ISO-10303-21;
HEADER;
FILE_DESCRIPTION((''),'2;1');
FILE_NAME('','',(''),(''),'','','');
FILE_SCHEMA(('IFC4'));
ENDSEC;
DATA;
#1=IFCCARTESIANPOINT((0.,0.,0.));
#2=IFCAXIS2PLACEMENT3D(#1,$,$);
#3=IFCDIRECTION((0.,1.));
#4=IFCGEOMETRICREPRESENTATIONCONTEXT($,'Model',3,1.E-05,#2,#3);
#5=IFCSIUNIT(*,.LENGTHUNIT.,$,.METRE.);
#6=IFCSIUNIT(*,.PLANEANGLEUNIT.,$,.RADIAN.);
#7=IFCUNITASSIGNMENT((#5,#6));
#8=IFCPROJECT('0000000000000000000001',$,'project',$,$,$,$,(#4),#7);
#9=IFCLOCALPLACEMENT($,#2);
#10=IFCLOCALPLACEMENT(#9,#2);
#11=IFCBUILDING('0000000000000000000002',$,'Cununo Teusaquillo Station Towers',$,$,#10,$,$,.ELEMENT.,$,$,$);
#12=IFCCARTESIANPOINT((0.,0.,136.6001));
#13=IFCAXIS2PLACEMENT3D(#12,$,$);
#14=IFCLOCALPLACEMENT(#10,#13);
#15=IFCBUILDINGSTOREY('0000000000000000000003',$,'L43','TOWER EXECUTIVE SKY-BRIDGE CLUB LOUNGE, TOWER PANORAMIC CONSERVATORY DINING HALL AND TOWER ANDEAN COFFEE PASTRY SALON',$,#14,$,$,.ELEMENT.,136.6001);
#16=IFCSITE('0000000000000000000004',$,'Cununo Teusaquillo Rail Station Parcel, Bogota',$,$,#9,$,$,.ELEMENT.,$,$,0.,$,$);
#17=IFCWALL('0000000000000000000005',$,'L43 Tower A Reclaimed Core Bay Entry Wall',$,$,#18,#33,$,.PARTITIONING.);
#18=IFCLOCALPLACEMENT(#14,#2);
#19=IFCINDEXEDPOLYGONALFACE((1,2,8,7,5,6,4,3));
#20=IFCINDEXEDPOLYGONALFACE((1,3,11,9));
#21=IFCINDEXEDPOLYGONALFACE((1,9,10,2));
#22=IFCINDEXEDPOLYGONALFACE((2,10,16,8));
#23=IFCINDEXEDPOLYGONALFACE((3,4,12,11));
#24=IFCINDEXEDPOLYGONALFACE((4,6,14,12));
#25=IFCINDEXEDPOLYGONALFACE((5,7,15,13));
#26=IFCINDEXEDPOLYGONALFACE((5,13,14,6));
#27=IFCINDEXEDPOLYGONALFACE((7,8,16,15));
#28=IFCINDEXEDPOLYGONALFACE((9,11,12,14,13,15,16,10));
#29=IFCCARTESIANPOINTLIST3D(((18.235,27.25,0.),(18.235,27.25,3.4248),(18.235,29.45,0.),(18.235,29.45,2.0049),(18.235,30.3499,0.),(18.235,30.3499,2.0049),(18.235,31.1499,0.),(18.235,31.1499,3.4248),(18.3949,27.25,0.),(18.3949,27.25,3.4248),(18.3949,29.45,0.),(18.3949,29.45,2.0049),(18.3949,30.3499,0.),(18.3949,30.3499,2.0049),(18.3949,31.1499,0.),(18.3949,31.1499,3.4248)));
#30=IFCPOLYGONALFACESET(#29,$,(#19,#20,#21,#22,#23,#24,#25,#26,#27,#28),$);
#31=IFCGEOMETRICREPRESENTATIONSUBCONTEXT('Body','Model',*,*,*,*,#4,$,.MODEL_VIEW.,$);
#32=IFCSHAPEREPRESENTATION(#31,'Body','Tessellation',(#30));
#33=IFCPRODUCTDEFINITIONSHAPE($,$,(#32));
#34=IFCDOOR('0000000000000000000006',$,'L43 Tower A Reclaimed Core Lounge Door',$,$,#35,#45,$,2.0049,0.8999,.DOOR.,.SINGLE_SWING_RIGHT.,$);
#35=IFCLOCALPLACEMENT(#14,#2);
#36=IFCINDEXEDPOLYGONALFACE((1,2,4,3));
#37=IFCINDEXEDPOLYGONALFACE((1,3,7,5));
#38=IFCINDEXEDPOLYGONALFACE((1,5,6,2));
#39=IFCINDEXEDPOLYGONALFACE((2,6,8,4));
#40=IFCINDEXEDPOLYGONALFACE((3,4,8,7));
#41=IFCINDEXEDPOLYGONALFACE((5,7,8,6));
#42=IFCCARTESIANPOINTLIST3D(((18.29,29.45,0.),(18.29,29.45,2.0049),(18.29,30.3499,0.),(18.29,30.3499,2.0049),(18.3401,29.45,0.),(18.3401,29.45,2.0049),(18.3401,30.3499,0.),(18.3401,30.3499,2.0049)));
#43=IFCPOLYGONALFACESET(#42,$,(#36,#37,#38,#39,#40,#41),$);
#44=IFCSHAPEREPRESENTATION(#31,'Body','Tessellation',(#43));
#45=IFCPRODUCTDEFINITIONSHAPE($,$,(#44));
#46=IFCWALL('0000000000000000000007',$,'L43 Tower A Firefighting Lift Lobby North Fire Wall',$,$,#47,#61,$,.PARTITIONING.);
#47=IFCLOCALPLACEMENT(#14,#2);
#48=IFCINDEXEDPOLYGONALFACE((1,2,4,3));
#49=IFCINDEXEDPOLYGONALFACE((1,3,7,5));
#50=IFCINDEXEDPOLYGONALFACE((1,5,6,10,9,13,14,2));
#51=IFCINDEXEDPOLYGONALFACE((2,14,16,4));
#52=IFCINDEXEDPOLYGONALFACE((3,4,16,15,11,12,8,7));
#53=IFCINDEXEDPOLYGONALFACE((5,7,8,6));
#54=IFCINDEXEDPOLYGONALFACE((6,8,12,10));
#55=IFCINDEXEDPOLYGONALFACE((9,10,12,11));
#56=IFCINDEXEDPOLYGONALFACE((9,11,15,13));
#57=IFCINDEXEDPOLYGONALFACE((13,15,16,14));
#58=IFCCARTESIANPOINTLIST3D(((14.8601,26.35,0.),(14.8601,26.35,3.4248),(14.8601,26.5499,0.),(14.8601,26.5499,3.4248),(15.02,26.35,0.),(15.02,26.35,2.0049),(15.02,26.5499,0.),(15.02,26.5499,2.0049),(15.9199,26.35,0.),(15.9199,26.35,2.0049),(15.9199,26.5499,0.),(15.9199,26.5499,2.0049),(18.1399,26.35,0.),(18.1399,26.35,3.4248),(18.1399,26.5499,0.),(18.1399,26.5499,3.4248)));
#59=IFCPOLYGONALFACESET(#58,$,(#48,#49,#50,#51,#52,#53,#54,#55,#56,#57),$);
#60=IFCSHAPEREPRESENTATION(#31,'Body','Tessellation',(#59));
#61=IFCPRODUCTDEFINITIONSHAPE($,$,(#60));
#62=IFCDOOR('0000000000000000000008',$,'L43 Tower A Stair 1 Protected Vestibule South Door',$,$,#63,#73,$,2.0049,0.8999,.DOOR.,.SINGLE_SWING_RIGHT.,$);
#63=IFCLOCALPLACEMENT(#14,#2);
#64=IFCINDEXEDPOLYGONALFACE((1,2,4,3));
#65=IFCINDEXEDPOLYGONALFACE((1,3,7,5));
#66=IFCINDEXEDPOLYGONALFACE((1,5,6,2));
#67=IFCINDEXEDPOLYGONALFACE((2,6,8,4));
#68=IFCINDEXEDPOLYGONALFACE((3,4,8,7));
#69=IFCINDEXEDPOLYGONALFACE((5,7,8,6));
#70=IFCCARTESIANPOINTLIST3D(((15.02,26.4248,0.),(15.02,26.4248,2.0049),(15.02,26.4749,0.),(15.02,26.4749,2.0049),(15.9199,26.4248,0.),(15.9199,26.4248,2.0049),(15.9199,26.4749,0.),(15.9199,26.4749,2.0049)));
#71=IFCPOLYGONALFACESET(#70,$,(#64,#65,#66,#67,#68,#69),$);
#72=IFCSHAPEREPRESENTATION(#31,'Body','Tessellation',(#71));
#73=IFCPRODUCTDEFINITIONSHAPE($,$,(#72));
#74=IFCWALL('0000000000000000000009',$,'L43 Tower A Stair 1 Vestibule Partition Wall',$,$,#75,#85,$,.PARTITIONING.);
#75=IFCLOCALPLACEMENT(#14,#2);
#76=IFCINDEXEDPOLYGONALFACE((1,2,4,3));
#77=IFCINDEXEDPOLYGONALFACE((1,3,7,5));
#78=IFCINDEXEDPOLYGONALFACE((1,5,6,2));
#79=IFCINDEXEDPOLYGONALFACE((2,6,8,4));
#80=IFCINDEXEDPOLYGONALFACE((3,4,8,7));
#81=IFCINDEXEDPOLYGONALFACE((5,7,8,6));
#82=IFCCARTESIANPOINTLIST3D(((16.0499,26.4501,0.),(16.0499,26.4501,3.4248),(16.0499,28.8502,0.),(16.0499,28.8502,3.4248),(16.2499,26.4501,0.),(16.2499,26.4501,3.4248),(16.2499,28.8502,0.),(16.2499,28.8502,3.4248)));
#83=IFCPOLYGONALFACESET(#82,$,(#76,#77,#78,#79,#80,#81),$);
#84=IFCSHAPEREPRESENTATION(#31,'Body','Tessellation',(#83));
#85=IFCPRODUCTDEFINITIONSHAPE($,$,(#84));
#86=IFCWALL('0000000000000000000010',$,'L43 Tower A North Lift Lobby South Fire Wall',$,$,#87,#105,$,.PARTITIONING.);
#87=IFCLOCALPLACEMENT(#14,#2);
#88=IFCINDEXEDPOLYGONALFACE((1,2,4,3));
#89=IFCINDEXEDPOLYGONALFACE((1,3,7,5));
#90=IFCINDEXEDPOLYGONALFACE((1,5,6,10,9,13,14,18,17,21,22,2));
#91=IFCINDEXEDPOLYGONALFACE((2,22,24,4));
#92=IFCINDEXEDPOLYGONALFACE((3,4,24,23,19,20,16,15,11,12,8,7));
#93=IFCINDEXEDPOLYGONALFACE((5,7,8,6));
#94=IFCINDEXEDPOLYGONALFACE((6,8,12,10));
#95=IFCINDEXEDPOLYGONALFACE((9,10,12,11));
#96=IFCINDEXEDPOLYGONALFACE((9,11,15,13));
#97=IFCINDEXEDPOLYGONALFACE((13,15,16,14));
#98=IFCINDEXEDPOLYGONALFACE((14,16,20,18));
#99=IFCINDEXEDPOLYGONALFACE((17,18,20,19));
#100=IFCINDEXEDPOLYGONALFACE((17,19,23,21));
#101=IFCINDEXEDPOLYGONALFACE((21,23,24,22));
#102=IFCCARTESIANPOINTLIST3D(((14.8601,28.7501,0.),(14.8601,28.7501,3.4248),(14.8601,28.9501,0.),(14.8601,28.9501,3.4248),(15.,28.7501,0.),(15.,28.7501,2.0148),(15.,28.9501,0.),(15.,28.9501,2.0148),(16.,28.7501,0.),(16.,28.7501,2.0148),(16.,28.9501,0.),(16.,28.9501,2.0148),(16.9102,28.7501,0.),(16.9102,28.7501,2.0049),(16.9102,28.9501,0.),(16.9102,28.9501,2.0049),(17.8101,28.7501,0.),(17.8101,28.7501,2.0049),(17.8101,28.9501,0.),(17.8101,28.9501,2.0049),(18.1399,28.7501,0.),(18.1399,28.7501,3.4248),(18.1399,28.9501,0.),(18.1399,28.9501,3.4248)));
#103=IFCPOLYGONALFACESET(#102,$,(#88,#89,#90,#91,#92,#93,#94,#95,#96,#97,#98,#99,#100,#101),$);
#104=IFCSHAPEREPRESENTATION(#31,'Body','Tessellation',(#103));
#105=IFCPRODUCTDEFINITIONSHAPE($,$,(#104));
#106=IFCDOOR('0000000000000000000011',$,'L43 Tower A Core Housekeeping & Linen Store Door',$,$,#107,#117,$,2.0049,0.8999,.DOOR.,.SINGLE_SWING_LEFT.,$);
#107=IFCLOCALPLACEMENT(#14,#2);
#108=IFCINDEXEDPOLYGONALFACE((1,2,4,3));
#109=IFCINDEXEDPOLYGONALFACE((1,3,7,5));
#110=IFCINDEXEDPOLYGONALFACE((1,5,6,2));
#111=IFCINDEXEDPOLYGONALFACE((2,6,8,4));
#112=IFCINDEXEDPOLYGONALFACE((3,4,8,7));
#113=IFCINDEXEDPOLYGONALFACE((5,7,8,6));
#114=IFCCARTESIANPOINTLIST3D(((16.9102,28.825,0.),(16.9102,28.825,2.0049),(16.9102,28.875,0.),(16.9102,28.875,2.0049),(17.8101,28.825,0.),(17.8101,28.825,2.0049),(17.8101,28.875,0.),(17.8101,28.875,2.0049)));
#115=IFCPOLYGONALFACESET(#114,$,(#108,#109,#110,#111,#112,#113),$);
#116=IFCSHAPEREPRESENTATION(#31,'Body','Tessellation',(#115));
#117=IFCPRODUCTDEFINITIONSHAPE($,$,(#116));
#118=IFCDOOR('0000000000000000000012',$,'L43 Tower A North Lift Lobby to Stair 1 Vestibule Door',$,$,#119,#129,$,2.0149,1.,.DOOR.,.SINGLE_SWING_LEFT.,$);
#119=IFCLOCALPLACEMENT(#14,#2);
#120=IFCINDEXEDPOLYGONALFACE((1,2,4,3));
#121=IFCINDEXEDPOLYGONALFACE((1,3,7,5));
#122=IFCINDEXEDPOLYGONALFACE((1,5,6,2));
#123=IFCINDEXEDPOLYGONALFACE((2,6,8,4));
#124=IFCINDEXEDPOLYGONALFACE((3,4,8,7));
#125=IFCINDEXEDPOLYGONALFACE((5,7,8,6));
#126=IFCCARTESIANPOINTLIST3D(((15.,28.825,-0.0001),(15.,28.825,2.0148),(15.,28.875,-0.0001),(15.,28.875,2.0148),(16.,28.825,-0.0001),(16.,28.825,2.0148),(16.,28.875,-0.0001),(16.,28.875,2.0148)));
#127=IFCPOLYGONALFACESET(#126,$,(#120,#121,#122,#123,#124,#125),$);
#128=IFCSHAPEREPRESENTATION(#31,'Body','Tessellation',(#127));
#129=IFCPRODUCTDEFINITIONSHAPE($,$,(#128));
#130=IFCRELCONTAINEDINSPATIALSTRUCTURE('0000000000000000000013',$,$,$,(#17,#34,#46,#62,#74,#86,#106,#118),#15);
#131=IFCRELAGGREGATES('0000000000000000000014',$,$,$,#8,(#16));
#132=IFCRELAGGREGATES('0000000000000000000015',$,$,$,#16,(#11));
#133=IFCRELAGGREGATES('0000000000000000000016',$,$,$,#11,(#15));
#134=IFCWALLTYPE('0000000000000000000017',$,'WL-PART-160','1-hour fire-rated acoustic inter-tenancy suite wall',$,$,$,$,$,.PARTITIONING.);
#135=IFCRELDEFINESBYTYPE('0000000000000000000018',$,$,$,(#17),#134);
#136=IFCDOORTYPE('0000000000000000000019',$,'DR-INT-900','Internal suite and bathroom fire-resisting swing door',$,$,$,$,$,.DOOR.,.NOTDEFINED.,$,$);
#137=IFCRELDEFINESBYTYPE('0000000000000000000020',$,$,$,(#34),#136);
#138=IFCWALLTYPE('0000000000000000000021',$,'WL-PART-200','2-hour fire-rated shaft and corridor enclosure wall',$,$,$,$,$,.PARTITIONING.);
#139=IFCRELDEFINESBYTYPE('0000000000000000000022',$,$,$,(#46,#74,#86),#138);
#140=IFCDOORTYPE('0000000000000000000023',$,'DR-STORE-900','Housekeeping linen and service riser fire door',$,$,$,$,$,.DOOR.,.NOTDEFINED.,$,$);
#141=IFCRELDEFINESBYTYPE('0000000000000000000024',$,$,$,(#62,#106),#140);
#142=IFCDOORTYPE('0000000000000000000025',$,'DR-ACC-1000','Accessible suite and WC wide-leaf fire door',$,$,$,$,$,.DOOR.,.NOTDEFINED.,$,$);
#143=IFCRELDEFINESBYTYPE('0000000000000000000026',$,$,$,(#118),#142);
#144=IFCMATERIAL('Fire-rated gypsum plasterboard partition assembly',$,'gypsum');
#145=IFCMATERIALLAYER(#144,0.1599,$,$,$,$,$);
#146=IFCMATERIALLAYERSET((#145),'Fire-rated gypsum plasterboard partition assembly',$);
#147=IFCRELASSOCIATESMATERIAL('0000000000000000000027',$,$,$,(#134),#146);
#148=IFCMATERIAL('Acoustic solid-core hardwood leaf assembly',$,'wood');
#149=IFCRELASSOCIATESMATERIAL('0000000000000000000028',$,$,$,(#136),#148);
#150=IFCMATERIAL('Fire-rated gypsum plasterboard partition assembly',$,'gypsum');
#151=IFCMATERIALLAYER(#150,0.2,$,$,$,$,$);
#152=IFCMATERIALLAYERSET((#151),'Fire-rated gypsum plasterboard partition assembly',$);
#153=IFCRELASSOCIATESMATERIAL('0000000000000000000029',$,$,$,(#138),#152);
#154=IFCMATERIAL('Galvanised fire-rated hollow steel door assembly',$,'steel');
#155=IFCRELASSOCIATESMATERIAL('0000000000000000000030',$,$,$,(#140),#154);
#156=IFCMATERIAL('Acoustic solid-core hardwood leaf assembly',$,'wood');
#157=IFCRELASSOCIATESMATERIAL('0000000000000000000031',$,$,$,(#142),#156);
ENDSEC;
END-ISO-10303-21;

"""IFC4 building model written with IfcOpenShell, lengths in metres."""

from ifc_helpers import new_model, si_unit, direction, frame, frame_2d, origin, place, context, subcontext, project, spatial, rectangle, extrude, source, transform, mapped, material, layer, layer_set, type_object, element, fill, save


model = new_model("IFC4")

# Units and contexts
model_context = context("Model", 3, precision=1e-05, world=origin(), true_north=direction((0.0, 1.0)))
body_context = subcontext(model_context, "Body", "Model", "MODEL_VIEW")
ifc_project = project(units=[si_unit("LENGTHUNIT", "METRE"), si_unit("PLANEANGLEUNIT", "RADIAN")], contexts=[model_context])

# Site, building, storey
site_placement = place(None, origin())
site = spatial("IfcSite", under=ifc_project, at=site_placement, Name="Cununo Teusaquillo Rail Station Parcel, Bogota", CompositionType="ELEMENT", RefElevation=0.0)
building_placement = place(site_placement, origin())
building = spatial("IfcBuilding", under=site, at=building_placement, Name="Cununo Teusaquillo Station Towers", CompositionType="ELEMENT")
storey_placement = place(building_placement, frame((0.0, 0.0, 136.6001)))
storey = spatial("IfcBuildingStorey", under=building, at=storey_placement, Name="L43", Description="TOWER EXECUTIVE SKY-BRIDGE CLUB LOUNGE, TOWER PANORAMIC CONSERVATORY DINING HALL AND TOWER ANDEAN COFFEE PASTRY SALON", CompositionType="ELEMENT", Elevation=136.6001)

# Walls, openings, doors
ifc_material_1 = material(Name="Fire-rated gypsum plasterboard partition assembly", Category="gypsum")
ifc_layer_1 = layer(ifc_material_1, 0.1599)
ifc_layer_set_1 = layer_set([ifc_layer_1], Name="Fire-rated gypsum plasterboard partition assembly")
wall_type_1 = type_object("IfcWallType", Name="WL-PART-160", Description="1-hour fire-rated acoustic inter-tenancy suite wall", PredefinedType="PARTITIONING", material=ifc_layer_set_1)
wall_1_placement = place(storey_placement, frame((18.3149, 27.25, 0.0), z_axis=(0.0, 0.0, 1.0), x_axis=(0.0, 1.0, 0.0)))
wall_1 = element("IfcWall", 1, at=wall_1_placement, inside=storey, type_object=wall_type_1, Name="L43 Tower A Reclaimed Core Bay Entry Wall", PredefinedType="PARTITIONING", context=body_context, shape_type="SweptSolid", body=[
    extrude(rectangle(XDim=3.8999, YDim=0.1599, at=frame_2d((1.95, 0.0))), origin(), (0.0, 0.0, 1.0), 3.4248),
])
shared_shape_1 = source(origin(), body_context, "Body", "SweptSolid", [
    extrude(rectangle(XDim=0.8999, YDim=2.0049, at=frame_2d((0.45, 1.0024))), frame((0.0, 0.0898, 0.0), z_axis=(0.0, -1.0, 0.0), x_axis=(1.0, 0.0, 0.0)), (0.0, 0.0, 1.0), 0.1799),
])
opening_1_placement = place(wall_1_placement, frame((2.2, 0.0, 0.0)))
opening_1 = element("IfcOpeningElement", 2, at=opening_1_placement, cuts=wall_1, PredefinedType="OPENING", context=body_context, shape_type="MappedRepresentation", body=[
    mapped(shared_shape_1, transform((0.0, 0.0, 0.0), x_axis=(1.0, 0.0, 0.0), y_axis=(0.0, 1.0, 0.0), z_axis=(0.0, 0.0, 1.0), scale=1.0)),
])
ifc_material_2 = material(Name="Acoustic solid-core hardwood leaf assembly", Category="wood")
door_type_1 = type_object("IfcDoorType", Name="DR-INT-900", Description="Internal suite and bathroom fire-resisting swing door", OperationType="NOTDEFINED", PredefinedType="DOOR", material=ifc_material_2)
shared_shape_2 = source(origin(), body_context, "Body", "SweptSolid", [
    extrude(rectangle(XDim=0.8999, YDim=2.0049, at=frame_2d((0.45, 1.0024))), frame((0.0, 0.0249, 0.0), z_axis=(0.0, -1.0, 0.0), x_axis=(1.0, 0.0, 0.0)), (0.0, 0.0, 1.0), 0.05),
])
door_1_placement = place(opening_1_placement, origin())
door_1 = element("IfcDoor", 3, at=door_1_placement, inside=storey, type_object=door_type_1, Name="L43 Tower A Reclaimed Core Lounge Door", OperationType="SINGLE_SWING_RIGHT", OverallHeight=2.0049, OverallWidth=0.8999, PredefinedType="DOOR", context=body_context, shape_type="MappedRepresentation", body=[
    mapped(shared_shape_2, transform((0.0, 0.0, 0.0), x_axis=(1.0, 0.0, 0.0), y_axis=(0.0, 1.0, 0.0), z_axis=(0.0, 0.0, 1.0), scale=1.0)),
])
fill(opening_1, door_1)
ifc_material_3 = material(Name="Fire-rated gypsum plasterboard partition assembly", Category="gypsum")
ifc_layer_2 = layer(ifc_material_3, 0.2)
ifc_layer_set_2 = layer_set([ifc_layer_2], Name="Fire-rated gypsum plasterboard partition assembly")
wall_type_2 = type_object("IfcWallType", Name="WL-PART-200", Description="2-hour fire-rated shaft and corridor enclosure wall", PredefinedType="PARTITIONING", material=ifc_layer_set_2)
wall_2_placement = place(storey_placement, frame((14.8601, 26.45, 0.0), z_axis=(0.0, 0.0, 1.0), x_axis=(1.0, 0.0, 0.0)))
wall_2 = element("IfcWall", 4, at=wall_2_placement, inside=storey, type_object=wall_type_2, Name="L43 Tower A Firefighting Lift Lobby North Fire Wall", PredefinedType="PARTITIONING", context=body_context, shape_type="SweptSolid", body=[
    extrude(rectangle(XDim=3.2798, YDim=0.2, at=frame_2d((1.6399, 0.0))), origin(), (0.0, 0.0, 1.0), 3.4248),
])
shared_shape_3 = source(origin(), body_context, "Body", "SweptSolid", [
    extrude(rectangle(XDim=0.8999, YDim=2.0049, at=frame_2d((0.45, 1.0024))), frame((0.0, 0.1099, 0.0), z_axis=(0.0, -1.0, 0.0), x_axis=(1.0, 0.0, 0.0)), (0.0, 0.0, 1.0), 0.22),
])
opening_2_placement = place(wall_2_placement, frame((0.1599, 0.0, 0.0)))
opening_2 = element("IfcOpeningElement", 5, at=opening_2_placement, cuts=wall_2, PredefinedType="OPENING", context=body_context, shape_type="MappedRepresentation", body=[
    mapped(shared_shape_3, transform((0.0, 0.0, 0.0), x_axis=(1.0, 0.0, 0.0), y_axis=(0.0, 1.0, 0.0), z_axis=(0.0, 0.0, 1.0), scale=1.0)),
])
ifc_material_4 = material(Name="Galvanised fire-rated hollow steel door assembly", Category="steel")
door_type_2 = type_object("IfcDoorType", Name="DR-STORE-900", Description="Housekeeping linen and service riser fire door", OperationType="NOTDEFINED", PredefinedType="DOOR", material=ifc_material_4)
door_2_placement = place(opening_2_placement, origin())
door_2 = element("IfcDoor", 6, at=door_2_placement, inside=storey, type_object=door_type_2, Name="L43 Tower A Stair 1 Protected Vestibule South Door", OperationType="SINGLE_SWING_RIGHT", OverallHeight=2.0049, OverallWidth=0.8999, PredefinedType="DOOR", context=body_context, shape_type="MappedRepresentation", body=[
    mapped(shared_shape_2, transform((0.0, 0.0, 0.0), x_axis=(1.0, 0.0, 0.0), y_axis=(0.0, 1.0, 0.0), z_axis=(0.0, 0.0, 1.0), scale=1.0)),
])
fill(opening_2, door_2)

# Wall
wall_3_placement = place(storey_placement, frame((16.1499, 26.45, 0.0), z_axis=(0.0, 0.0, 1.0), x_axis=(0.0, 1.0, 0.0)))
element("IfcWall", 7, at=wall_3_placement, inside=storey, type_object=wall_type_2, Name="L43 Tower A Stair 1 Vestibule Partition Wall", PredefinedType="PARTITIONING", context=body_context, shape_type="SweptSolid", body=[
    extrude(rectangle(XDim=2.4001, YDim=0.2, at=frame_2d((1.2002, 0.0))), origin(), (0.0, 0.0, 1.0), 3.4248),
])

# Wall, openings, doors
wall_4_placement = place(storey_placement, frame((14.8601, 28.8501, 0.0), z_axis=(0.0, 0.0, 1.0), x_axis=(1.0, 0.0, 0.0)))
wall_4 = element("IfcWall", 8, at=wall_4_placement, inside=storey, type_object=wall_type_2, Name="L43 Tower A North Lift Lobby South Fire Wall", PredefinedType="PARTITIONING", context=body_context, shape_type="SweptSolid", body=[
    extrude(rectangle(XDim=3.2798, YDim=0.2, at=frame_2d((1.6399, 0.0))), origin(), (0.0, 0.0, 1.0), 3.4248),
])
shared_shape_4 = source(origin(), body_context, "Body", "SweptSolid", [
    extrude(rectangle(XDim=1.0, YDim=2.0149, at=frame_2d((0.5, 1.0073))), frame((0.0, 0.1099, 0.0), z_axis=(0.0, -1.0, 0.0), x_axis=(1.0, 0.0, 0.0)), (0.0, 0.0, 1.0), 0.22),
])
opening_3_placement = place(wall_4_placement, frame((0.1399, 0.0, 0.0)))
opening_3 = element("IfcOpeningElement", 9, at=opening_3_placement, cuts=wall_4, PredefinedType="OPENING", context=body_context, shape_type="MappedRepresentation", body=[
    mapped(shared_shape_4, transform((0.0, 0.0, 0.0), x_axis=(1.0, 0.0, 0.0), y_axis=(0.0, 1.0, 0.0), z_axis=(0.0, 0.0, 1.0), scale=1.0)),
])
opening_4_placement = place(wall_4_placement, frame((2.05, 0.0, 0.0)))
opening_4 = element("IfcOpeningElement", 10, at=opening_4_placement, cuts=wall_4, PredefinedType="OPENING", context=body_context, shape_type="MappedRepresentation", body=[
    mapped(shared_shape_3, transform((0.0, 0.0, 0.0), x_axis=(1.0, 0.0, 0.0), y_axis=(0.0, 1.0, 0.0), z_axis=(0.0, 0.0, 1.0), scale=1.0)),
])
door_3_placement = place(opening_4_placement, origin())
door_3 = element("IfcDoor", 11, at=door_3_placement, inside=storey, type_object=door_type_2, Name="L43 Tower A Core Housekeeping & Linen Store Door", OperationType="SINGLE_SWING_LEFT", OverallHeight=2.0049, OverallWidth=0.8999, PredefinedType="DOOR", context=body_context, shape_type="MappedRepresentation", body=[
    mapped(shared_shape_2, transform((0.0, 0.0, 0.0), x_axis=(1.0, 0.0, 0.0), y_axis=(0.0, 1.0, 0.0), z_axis=(0.0, 0.0, 1.0), scale=1.0)),
])
fill(opening_4, door_3)
ifc_material_5 = material(Name="Acoustic solid-core hardwood leaf assembly", Category="wood")
door_type_3 = type_object("IfcDoorType", Name="DR-ACC-1000", Description="Accessible suite and WC wide-leaf fire door", OperationType="NOTDEFINED", PredefinedType="DOOR", material=ifc_material_5)
shared_shape_5 = source(origin(), body_context, "Body", "SweptSolid", [
    extrude(rectangle(XDim=1.0, YDim=2.0149, at=frame_2d((0.5, 1.0073))), frame((0.0, 0.0249, 0.0), z_axis=(0.0, -1.0, 0.0), x_axis=(1.0, 0.0, 0.0)), (0.0, 0.0, 1.0), 0.05),
])
door_4_placement = place(opening_3_placement, origin())
door_4 = element("IfcDoor", 12, at=door_4_placement, inside=storey, type_object=door_type_3, Name="L43 Tower A North Lift Lobby to Stair 1 Vestibule Door", OperationType="SINGLE_SWING_LEFT", OverallHeight=2.0149, OverallWidth=1.0, PredefinedType="DOOR", context=body_context, shape_type="MappedRepresentation", body=[
    mapped(shared_shape_5, transform((0.0, 0.0, 0.0), x_axis=(1.0, 0.0, 0.0), y_axis=(0.0, 1.0, 0.0), z_axis=(0.0, 0.0, 1.0), scale=1.0)),
])
fill(opening_3, door_4)

save(model, "model.ifc")
